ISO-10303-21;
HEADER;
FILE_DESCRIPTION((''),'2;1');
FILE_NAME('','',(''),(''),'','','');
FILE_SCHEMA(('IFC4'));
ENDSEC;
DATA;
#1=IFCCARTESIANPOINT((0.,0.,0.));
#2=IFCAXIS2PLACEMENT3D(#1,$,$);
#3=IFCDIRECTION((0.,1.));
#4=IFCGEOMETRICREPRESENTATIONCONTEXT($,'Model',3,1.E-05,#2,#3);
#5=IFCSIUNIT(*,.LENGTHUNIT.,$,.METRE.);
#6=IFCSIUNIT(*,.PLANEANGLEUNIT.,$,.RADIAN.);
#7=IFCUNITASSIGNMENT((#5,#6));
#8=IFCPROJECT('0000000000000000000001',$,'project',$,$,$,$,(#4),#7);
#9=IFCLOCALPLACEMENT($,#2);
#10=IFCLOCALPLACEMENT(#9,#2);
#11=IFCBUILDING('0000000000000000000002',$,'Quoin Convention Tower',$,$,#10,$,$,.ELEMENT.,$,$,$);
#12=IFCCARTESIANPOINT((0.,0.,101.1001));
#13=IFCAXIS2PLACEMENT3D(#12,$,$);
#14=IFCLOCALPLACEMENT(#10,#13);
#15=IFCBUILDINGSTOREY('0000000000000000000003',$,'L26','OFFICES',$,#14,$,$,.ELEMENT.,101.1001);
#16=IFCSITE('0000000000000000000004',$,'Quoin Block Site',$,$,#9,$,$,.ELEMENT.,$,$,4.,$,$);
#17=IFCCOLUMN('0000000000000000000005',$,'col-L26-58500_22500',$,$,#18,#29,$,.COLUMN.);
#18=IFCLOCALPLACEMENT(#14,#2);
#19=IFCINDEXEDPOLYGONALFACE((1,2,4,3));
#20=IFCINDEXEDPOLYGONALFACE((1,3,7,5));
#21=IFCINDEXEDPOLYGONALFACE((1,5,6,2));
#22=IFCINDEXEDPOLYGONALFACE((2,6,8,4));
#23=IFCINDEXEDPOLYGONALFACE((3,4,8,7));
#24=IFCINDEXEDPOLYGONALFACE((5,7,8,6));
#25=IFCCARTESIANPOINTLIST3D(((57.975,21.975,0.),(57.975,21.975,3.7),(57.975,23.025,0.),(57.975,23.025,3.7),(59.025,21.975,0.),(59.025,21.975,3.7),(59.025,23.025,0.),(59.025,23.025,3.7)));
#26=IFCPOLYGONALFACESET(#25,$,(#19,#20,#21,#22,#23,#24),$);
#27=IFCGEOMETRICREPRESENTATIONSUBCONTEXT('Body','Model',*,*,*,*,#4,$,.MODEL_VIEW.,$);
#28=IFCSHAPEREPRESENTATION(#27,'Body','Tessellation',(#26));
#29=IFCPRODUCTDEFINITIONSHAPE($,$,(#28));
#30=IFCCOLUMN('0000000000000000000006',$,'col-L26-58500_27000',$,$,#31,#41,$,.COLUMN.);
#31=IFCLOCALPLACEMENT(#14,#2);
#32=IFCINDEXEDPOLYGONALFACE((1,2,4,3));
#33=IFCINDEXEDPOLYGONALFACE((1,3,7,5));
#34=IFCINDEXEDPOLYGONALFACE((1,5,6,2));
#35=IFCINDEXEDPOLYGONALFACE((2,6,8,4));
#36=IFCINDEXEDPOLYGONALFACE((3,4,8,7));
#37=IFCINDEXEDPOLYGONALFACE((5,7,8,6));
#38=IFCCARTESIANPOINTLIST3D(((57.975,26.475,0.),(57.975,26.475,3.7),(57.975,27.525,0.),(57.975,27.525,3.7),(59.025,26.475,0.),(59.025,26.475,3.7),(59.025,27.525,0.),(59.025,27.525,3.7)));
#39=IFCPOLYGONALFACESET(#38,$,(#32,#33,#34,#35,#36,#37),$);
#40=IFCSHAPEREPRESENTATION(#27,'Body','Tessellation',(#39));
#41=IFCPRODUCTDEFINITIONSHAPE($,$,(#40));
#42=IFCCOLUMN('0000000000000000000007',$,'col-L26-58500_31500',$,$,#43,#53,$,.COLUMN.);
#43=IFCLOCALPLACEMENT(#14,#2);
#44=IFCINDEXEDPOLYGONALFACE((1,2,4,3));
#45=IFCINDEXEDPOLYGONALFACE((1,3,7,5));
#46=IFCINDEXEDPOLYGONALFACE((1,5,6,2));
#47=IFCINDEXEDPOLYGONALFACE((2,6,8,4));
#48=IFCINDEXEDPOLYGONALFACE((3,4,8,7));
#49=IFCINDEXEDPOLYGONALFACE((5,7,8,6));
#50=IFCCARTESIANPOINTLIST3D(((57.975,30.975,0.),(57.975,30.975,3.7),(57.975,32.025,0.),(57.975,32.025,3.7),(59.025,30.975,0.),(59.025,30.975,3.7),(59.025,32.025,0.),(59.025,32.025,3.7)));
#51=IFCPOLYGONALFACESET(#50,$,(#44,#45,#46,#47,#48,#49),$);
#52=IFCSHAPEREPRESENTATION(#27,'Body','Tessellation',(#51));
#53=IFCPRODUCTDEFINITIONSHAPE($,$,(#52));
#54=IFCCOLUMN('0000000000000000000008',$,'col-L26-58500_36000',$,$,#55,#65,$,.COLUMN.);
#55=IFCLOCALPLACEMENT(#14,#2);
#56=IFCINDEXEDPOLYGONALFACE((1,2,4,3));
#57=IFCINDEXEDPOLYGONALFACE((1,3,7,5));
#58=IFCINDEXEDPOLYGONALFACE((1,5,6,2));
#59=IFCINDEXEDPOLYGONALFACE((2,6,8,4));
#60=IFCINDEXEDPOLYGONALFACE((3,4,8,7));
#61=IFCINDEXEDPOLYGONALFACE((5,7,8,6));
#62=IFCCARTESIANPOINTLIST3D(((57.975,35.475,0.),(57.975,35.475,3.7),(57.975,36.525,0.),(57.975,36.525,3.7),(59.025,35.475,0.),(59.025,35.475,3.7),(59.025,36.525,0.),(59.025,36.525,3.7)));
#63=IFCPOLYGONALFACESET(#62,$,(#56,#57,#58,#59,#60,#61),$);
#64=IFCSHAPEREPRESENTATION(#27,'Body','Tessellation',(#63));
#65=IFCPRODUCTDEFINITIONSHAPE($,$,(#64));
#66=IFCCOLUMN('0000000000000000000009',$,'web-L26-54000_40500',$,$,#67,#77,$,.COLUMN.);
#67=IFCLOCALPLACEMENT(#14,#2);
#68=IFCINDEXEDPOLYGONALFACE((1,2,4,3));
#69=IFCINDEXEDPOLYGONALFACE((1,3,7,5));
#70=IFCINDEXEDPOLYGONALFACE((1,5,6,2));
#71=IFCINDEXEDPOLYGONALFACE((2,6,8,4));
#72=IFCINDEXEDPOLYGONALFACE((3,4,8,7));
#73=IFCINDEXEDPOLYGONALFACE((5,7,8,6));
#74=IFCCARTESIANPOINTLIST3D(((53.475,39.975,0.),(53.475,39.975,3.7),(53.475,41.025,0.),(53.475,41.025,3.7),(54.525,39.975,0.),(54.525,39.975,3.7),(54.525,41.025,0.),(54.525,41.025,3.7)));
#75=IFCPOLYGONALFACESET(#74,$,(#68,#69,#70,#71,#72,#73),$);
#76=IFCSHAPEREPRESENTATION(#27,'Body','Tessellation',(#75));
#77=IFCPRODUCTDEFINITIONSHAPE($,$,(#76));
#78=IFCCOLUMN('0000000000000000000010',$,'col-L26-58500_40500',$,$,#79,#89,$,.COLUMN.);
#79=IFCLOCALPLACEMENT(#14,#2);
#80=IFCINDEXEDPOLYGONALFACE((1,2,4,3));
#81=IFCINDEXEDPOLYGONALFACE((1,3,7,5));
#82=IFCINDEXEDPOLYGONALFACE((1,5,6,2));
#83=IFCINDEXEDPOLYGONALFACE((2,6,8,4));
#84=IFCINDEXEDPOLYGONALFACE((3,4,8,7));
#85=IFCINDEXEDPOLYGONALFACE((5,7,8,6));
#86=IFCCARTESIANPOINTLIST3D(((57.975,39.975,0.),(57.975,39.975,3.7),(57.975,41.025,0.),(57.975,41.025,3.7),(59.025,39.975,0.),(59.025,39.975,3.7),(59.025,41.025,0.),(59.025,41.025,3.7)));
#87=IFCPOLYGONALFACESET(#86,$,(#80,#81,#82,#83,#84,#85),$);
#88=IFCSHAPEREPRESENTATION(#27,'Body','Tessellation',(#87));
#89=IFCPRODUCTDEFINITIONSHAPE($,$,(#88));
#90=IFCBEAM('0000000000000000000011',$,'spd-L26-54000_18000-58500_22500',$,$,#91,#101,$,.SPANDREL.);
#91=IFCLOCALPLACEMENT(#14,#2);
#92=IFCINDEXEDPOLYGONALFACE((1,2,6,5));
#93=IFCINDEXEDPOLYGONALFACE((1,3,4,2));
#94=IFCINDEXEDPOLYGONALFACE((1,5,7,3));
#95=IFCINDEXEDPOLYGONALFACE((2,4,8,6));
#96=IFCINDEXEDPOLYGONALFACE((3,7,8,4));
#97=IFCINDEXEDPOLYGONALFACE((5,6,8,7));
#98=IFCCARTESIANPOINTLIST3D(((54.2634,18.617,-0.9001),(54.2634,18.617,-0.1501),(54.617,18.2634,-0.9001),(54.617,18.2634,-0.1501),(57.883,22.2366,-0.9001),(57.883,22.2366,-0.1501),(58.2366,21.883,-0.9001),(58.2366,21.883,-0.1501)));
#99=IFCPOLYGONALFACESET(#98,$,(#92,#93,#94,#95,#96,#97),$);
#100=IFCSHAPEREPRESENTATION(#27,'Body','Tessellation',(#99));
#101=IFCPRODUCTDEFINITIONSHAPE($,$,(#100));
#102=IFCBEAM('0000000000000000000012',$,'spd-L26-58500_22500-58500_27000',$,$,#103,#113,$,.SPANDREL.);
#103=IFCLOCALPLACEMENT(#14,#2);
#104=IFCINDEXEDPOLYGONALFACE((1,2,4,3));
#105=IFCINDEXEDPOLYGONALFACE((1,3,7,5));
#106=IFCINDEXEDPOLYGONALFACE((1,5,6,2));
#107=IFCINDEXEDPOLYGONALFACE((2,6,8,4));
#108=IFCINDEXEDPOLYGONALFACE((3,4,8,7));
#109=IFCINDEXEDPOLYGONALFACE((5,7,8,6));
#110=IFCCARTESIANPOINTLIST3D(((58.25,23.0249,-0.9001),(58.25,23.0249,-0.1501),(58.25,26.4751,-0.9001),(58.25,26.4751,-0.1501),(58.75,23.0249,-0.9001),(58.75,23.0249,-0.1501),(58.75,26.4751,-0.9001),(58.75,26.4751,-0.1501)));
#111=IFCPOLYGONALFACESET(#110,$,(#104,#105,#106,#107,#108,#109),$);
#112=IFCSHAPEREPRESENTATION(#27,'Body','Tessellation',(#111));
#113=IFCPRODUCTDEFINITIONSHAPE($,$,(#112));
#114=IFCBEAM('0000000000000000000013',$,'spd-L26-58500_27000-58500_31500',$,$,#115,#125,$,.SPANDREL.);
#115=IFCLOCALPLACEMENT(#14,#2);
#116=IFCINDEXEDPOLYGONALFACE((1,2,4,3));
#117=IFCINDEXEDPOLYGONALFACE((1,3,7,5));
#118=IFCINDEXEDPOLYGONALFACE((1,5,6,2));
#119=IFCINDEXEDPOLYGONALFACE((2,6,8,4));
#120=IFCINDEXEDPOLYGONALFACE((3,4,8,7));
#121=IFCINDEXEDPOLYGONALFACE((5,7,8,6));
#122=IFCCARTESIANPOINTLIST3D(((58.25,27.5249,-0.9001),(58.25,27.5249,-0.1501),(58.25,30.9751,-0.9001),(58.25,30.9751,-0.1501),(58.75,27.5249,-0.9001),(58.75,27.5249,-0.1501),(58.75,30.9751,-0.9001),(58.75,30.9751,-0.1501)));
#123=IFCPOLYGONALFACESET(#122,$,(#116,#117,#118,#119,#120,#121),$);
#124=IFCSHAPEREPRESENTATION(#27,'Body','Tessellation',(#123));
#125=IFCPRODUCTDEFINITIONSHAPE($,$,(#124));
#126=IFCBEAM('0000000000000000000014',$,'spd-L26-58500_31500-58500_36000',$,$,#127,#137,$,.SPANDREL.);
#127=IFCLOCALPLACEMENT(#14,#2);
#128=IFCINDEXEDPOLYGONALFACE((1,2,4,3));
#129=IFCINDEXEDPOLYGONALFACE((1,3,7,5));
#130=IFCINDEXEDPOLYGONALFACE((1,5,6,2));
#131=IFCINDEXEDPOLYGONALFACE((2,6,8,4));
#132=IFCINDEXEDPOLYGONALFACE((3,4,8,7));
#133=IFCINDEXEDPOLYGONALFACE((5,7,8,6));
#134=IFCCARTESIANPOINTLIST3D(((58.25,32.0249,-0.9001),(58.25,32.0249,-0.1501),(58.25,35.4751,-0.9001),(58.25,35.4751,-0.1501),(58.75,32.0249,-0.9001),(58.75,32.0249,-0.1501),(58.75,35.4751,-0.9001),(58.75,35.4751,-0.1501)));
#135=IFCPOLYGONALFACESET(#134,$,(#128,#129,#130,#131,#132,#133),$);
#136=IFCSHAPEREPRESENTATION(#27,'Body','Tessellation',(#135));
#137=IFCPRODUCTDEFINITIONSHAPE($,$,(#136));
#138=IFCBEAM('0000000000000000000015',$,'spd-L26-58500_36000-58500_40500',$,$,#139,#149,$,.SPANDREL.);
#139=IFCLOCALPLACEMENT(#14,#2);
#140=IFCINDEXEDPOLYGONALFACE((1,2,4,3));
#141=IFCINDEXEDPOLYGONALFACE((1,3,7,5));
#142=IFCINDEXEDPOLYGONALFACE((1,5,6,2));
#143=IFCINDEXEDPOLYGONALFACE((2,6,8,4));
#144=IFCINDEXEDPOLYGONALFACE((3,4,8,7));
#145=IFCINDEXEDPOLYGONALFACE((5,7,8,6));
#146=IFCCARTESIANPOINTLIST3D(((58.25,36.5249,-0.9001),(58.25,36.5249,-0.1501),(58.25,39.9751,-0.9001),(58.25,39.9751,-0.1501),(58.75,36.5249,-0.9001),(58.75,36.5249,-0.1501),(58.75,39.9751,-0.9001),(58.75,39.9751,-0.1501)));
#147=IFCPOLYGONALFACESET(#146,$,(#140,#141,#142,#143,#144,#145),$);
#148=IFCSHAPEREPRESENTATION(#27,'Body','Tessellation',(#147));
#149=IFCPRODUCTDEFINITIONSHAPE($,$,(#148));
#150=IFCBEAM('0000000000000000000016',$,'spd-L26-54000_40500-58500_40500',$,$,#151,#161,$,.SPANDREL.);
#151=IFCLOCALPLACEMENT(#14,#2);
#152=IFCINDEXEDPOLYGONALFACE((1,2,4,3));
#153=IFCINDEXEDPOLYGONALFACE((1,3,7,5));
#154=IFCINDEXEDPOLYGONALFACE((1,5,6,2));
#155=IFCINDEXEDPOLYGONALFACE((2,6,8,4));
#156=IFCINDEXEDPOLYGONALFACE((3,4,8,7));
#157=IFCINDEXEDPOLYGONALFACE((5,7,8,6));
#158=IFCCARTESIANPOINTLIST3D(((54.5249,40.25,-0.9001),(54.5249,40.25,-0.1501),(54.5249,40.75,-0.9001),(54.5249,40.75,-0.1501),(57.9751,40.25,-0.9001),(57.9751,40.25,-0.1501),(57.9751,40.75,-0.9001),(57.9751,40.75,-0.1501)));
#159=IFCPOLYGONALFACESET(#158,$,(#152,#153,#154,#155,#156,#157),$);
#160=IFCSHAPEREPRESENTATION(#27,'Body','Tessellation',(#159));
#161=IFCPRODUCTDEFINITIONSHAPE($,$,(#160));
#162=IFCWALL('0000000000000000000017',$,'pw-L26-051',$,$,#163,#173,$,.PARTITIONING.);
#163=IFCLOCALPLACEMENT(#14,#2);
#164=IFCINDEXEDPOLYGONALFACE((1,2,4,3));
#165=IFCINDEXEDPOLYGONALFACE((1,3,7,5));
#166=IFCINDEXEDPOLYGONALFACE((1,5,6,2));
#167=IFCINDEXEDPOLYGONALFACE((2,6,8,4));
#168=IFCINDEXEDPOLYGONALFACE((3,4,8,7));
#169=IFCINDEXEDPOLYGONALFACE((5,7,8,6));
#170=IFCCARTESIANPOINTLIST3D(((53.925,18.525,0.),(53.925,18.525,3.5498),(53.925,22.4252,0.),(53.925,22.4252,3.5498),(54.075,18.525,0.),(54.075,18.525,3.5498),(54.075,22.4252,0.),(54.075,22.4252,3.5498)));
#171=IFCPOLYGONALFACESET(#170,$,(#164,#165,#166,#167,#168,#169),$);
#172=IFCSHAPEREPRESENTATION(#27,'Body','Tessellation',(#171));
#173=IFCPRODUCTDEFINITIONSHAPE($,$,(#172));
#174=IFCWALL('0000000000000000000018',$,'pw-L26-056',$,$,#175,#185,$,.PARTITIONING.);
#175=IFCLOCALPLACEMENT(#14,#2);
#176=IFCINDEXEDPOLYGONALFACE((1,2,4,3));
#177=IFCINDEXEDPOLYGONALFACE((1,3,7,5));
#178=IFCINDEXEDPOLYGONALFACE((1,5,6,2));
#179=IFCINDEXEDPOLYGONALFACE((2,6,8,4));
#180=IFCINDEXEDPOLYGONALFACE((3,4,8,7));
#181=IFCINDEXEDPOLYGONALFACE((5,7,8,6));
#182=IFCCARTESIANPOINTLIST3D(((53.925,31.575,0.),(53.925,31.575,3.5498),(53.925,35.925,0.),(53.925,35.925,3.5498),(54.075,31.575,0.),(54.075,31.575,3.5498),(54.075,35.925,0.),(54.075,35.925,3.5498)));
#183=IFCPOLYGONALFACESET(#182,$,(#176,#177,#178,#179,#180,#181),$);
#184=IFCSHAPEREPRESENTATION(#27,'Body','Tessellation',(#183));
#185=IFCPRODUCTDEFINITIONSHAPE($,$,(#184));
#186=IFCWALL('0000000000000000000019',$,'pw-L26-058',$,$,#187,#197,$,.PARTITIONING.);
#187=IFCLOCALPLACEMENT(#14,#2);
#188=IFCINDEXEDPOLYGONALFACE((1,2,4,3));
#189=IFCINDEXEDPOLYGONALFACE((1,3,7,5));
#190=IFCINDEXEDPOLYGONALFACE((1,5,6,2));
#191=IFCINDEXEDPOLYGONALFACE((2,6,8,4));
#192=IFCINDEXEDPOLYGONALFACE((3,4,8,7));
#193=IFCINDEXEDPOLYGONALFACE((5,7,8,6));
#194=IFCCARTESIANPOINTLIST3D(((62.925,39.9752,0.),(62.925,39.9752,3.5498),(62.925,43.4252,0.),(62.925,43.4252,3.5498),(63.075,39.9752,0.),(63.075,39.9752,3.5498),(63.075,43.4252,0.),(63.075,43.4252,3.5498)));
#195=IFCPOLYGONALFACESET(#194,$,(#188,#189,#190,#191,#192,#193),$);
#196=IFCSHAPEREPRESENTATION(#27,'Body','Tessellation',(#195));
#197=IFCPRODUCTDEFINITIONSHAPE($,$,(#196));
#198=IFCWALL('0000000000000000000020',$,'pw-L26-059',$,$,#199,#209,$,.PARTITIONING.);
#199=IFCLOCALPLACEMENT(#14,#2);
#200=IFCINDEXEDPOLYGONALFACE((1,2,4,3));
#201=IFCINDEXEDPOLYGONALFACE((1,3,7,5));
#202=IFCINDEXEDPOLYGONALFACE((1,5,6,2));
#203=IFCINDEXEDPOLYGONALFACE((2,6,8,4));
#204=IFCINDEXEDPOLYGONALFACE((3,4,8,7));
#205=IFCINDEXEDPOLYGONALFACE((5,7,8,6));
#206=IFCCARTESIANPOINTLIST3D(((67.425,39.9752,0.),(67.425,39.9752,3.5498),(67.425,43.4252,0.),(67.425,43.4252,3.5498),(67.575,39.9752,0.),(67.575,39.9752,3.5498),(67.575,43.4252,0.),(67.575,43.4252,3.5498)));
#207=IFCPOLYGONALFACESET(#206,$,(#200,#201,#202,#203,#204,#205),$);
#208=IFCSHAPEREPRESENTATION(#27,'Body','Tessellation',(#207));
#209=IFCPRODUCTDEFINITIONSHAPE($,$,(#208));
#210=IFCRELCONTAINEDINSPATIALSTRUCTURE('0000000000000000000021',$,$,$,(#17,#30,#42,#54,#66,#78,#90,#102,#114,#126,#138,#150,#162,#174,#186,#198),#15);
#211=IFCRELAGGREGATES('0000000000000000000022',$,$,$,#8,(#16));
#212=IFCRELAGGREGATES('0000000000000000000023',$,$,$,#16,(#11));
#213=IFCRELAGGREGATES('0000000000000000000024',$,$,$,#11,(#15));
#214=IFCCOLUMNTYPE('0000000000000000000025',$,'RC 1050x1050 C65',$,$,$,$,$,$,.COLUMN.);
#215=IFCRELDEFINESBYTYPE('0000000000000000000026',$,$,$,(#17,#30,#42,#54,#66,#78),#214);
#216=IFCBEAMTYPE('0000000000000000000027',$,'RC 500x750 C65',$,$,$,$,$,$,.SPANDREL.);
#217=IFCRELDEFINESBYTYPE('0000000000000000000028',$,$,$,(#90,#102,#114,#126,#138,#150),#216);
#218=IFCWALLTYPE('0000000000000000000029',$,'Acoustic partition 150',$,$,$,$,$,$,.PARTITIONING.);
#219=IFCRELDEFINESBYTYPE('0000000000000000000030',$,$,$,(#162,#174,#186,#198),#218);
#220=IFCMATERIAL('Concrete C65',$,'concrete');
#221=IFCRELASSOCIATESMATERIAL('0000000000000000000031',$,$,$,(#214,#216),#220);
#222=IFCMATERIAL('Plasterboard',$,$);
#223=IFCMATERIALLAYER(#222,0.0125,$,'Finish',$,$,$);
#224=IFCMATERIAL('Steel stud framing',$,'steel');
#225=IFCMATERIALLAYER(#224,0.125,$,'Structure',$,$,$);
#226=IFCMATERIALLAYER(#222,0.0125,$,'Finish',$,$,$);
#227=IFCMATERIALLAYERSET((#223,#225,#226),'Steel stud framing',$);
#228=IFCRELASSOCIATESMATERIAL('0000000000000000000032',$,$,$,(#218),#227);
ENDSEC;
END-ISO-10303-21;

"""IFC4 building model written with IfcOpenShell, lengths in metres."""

from ifc_helpers import new_model, si_unit, direction, frame, frame_2d, origin, origin_2d, place, context, subcontext, project, spatial, rectangle, extrude, material, layer, layer_set, material_profile, profile_set, type_object, element, save


model = new_model("IFC4")

# Units and contexts
model_context = context("Model", 3, precision=1e-05, world=origin(), true_north=direction((0.0, 1.0)))
body_context = subcontext(model_context, "Body", "Model", "MODEL_VIEW")
ifc_project = project(units=[si_unit("LENGTHUNIT", "METRE"), si_unit("PLANEANGLEUNIT", "RADIAN")], contexts=[model_context])

# Site, building, storey
site_placement = place(None, origin())
site = spatial("IfcSite", under=ifc_project, at=site_placement, Name="Quoin Block Site", CompositionType="ELEMENT", RefElevation=4.0)
building_placement = place(site_placement, origin())
building = spatial("IfcBuilding", under=site, at=building_placement, Name="Quoin Convention Tower", CompositionType="ELEMENT")
storey_placement = place(building_placement, frame((0.0, 0.0, 101.1001)))
storey = spatial("IfcBuildingStorey", under=building, at=storey_placement, Name="L26", Description="OFFICES", CompositionType="ELEMENT", Elevation=101.1001)

# Columns
ifc_material_1 = material(Name="Concrete C65", Category="concrete")
ifc_material_profile_1 = material_profile(ifc_material_1, rectangle(XDim=1.05, YDim=1.05, at=origin_2d()), Name="RC 1050x1050")
ifc_profile_set_1 = profile_set([ifc_material_profile_1], Name="Concrete C65")
column_type = type_object("IfcColumnType", Name="RC 1050x1050 C65", PredefinedType="COLUMN", material=ifc_profile_set_1)
for number, where, z_axis, x_axis, name in (
    (1, (58.5, 22.5, 0.0), (0.0, 0.0, 1.0), (1.0, 0.0, 0.0), "col-L26-58500_22500"),
    (2, (58.5, 27.0, 0.0), (0.0, 0.0, 1.0), (1.0, 0.0, 0.0), "col-L26-58500_27000"),
    (3, (58.5, 31.5, 0.0), (0.0, 0.0, 1.0), (1.0, 0.0, 0.0), "col-L26-58500_31500"),
    (4, (58.5, 36.0, 0.0), (0.0, 0.0, 1.0), (1.0, 0.0, 0.0), "col-L26-58500_36000"),
    (5, (54.0, 40.5, 0.0), (0.0, 0.0, 1.0), (1.0, 0.0, 0.0), "web-L26-54000_40500"),
    (6, (58.5, 40.5, 0.0), (0.0, 0.0, 1.0), (1.0, 0.0, 0.0), "col-L26-58500_40500"),
):
    element("IfcColumn", number, at=place(storey_placement, frame(where, z_axis=z_axis, x_axis=x_axis)), inside=storey, type_object=column_type, Name=name, PredefinedType="COLUMN", context=body_context, shape_type="SweptSolid", body=[
        extrude(rectangle(XDim=1.05, YDim=1.05, at=origin_2d()), origin(), (0.0, 0.0, 1.0), 3.7),
    ])

# Beams
ifc_material_profile_2 = material_profile(ifc_material_1, rectangle(XDim=0.5, YDim=0.75, at=origin_2d()), Name="RC 500x750")
ifc_profile_set_2 = profile_set([ifc_material_profile_2], Name="Concrete C65")
beam_type = type_object("IfcBeamType", Name="RC 500x750 C65", PredefinedType="SPANDREL", material=ifc_profile_set_2)
beam_placement = place(storey_placement, frame((54.4402, 18.4402, -0.5251), z_axis=(0.707107, 0.707107, 0.0), x_axis=(-0.707107, 0.707107, 0.0)))
element("IfcBeam", 7, at=beam_placement, inside=storey, type_object=beam_type, Name="spd-L26-54000_18000-58500_22500", PredefinedType="SPANDREL", context=body_context, shape_type="SweptSolid", body=[
    extrude(rectangle(XDim=0.5, YDim=0.75, at=origin_2d()), origin(), (0.0, 0.0, 1.0), 5.1189),
])
for number, where, z_axis, x_axis, name in (
    (8, (58.5, 23.0249, -0.5251), (0.0, 1.0, 0.0), (-1.0, 0.0, 0.0), "spd-L26-58500_22500-58500_27000"),
    (9, (58.5, 27.5249, -0.5251), (0.0, 1.0, 0.0), (-1.0, 0.0, 0.0), "spd-L26-58500_27000-58500_31500"),
    (10, (58.5, 32.0249, -0.5251), (0.0, 1.0, 0.0), (-1.0, 0.0, 0.0), "spd-L26-58500_31500-58500_36000"),
    (11, (58.5, 36.5249, -0.5251), (0.0, 1.0, 0.0), (-1.0, 0.0, 0.0), "spd-L26-58500_36000-58500_40500"),
    (12, (54.5249, 40.5, -0.5251), (1.0, 0.0, 0.0), (0.0, 1.0, 0.0), "spd-L26-54000_40500-58500_40500"),
):
    element("IfcBeam", number, at=place(storey_placement, frame(where, z_axis=z_axis, x_axis=x_axis)), inside=storey, type_object=beam_type, Name=name, PredefinedType="SPANDREL", context=body_context, shape_type="SweptSolid", body=[
        extrude(rectangle(XDim=0.5, YDim=0.75, at=origin_2d()), origin(), (0.0, 0.0, 1.0), 3.4502),
    ])

# Walls
ifc_material_2 = material(Name="Plasterboard")
ifc_layer_1 = layer(ifc_material_2, 0.0125, Name="Finish")
ifc_material_3 = material(Name="Steel stud framing", Category="steel")
ifc_layer_2 = layer(ifc_material_3, 0.125, Name="Structure")
ifc_layer_3 = layer(ifc_material_2, 0.0125, Name="Finish")
ifc_layer_set_1 = layer_set([ifc_layer_1, ifc_layer_2, ifc_layer_3], Name="Steel stud framing")
wall_type_1 = type_object("IfcWallType", Name="Acoustic partition 150", PredefinedType="PARTITIONING", material=ifc_layer_set_1)
wall_1_placement = place(storey_placement, frame((54.0, 18.5249, 0.0), z_axis=(0.0, 0.0, 1.0), x_axis=(0.0, 1.0, 0.0)))
element("IfcWall", 13, at=wall_1_placement, inside=storey, type_object=wall_type_1, Name="pw-L26-051", PredefinedType="PARTITIONING", context=body_context, shape_type="SweptSolid", body=[
    extrude(rectangle(XDim=3.9001, YDim=0.1499, at=frame_2d((1.9502, 0.0))), origin(), (0.0, 0.0, 1.0), 3.5498),
])
wall_2_placement = place(storey_placement, frame((54.0, 31.575, 0.0), z_axis=(0.0, 0.0, 1.0), x_axis=(0.0, 1.0, 0.0)))
element("IfcWall", 14, at=wall_2_placement, inside=storey, type_object=wall_type_1, Name="pw-L26-056", PredefinedType="PARTITIONING", context=body_context, shape_type="SweptSolid", body=[
    extrude(rectangle(XDim=4.3501, YDim=0.1499, at=frame_2d((2.175, 0.0))), origin(), (0.0, 0.0, 1.0), 3.5498),
])
for number, where, z_axis, x_axis, name in (
    (15, (63.0, 39.9751, 0.0), (0.0, 0.0, 1.0), (0.0, 1.0, 0.0), "pw-L26-058"),
    (16, (67.5, 39.9751, 0.0), (0.0, 0.0, 1.0), (0.0, 1.0, 0.0), "pw-L26-059"),
):
    element("IfcWall", number, at=place(storey_placement, frame(where, z_axis=z_axis, x_axis=x_axis)), inside=storey, type_object=wall_type_1, Name=name, PredefinedType="PARTITIONING", context=body_context, shape_type="SweptSolid", body=[
        extrude(rectangle(XDim=3.45, YDim=0.1499, at=frame_2d((1.7251, 0.0))), origin(), (0.0, 0.0, 1.0), 3.5498),
    ])

save(model, "model.ifc")
